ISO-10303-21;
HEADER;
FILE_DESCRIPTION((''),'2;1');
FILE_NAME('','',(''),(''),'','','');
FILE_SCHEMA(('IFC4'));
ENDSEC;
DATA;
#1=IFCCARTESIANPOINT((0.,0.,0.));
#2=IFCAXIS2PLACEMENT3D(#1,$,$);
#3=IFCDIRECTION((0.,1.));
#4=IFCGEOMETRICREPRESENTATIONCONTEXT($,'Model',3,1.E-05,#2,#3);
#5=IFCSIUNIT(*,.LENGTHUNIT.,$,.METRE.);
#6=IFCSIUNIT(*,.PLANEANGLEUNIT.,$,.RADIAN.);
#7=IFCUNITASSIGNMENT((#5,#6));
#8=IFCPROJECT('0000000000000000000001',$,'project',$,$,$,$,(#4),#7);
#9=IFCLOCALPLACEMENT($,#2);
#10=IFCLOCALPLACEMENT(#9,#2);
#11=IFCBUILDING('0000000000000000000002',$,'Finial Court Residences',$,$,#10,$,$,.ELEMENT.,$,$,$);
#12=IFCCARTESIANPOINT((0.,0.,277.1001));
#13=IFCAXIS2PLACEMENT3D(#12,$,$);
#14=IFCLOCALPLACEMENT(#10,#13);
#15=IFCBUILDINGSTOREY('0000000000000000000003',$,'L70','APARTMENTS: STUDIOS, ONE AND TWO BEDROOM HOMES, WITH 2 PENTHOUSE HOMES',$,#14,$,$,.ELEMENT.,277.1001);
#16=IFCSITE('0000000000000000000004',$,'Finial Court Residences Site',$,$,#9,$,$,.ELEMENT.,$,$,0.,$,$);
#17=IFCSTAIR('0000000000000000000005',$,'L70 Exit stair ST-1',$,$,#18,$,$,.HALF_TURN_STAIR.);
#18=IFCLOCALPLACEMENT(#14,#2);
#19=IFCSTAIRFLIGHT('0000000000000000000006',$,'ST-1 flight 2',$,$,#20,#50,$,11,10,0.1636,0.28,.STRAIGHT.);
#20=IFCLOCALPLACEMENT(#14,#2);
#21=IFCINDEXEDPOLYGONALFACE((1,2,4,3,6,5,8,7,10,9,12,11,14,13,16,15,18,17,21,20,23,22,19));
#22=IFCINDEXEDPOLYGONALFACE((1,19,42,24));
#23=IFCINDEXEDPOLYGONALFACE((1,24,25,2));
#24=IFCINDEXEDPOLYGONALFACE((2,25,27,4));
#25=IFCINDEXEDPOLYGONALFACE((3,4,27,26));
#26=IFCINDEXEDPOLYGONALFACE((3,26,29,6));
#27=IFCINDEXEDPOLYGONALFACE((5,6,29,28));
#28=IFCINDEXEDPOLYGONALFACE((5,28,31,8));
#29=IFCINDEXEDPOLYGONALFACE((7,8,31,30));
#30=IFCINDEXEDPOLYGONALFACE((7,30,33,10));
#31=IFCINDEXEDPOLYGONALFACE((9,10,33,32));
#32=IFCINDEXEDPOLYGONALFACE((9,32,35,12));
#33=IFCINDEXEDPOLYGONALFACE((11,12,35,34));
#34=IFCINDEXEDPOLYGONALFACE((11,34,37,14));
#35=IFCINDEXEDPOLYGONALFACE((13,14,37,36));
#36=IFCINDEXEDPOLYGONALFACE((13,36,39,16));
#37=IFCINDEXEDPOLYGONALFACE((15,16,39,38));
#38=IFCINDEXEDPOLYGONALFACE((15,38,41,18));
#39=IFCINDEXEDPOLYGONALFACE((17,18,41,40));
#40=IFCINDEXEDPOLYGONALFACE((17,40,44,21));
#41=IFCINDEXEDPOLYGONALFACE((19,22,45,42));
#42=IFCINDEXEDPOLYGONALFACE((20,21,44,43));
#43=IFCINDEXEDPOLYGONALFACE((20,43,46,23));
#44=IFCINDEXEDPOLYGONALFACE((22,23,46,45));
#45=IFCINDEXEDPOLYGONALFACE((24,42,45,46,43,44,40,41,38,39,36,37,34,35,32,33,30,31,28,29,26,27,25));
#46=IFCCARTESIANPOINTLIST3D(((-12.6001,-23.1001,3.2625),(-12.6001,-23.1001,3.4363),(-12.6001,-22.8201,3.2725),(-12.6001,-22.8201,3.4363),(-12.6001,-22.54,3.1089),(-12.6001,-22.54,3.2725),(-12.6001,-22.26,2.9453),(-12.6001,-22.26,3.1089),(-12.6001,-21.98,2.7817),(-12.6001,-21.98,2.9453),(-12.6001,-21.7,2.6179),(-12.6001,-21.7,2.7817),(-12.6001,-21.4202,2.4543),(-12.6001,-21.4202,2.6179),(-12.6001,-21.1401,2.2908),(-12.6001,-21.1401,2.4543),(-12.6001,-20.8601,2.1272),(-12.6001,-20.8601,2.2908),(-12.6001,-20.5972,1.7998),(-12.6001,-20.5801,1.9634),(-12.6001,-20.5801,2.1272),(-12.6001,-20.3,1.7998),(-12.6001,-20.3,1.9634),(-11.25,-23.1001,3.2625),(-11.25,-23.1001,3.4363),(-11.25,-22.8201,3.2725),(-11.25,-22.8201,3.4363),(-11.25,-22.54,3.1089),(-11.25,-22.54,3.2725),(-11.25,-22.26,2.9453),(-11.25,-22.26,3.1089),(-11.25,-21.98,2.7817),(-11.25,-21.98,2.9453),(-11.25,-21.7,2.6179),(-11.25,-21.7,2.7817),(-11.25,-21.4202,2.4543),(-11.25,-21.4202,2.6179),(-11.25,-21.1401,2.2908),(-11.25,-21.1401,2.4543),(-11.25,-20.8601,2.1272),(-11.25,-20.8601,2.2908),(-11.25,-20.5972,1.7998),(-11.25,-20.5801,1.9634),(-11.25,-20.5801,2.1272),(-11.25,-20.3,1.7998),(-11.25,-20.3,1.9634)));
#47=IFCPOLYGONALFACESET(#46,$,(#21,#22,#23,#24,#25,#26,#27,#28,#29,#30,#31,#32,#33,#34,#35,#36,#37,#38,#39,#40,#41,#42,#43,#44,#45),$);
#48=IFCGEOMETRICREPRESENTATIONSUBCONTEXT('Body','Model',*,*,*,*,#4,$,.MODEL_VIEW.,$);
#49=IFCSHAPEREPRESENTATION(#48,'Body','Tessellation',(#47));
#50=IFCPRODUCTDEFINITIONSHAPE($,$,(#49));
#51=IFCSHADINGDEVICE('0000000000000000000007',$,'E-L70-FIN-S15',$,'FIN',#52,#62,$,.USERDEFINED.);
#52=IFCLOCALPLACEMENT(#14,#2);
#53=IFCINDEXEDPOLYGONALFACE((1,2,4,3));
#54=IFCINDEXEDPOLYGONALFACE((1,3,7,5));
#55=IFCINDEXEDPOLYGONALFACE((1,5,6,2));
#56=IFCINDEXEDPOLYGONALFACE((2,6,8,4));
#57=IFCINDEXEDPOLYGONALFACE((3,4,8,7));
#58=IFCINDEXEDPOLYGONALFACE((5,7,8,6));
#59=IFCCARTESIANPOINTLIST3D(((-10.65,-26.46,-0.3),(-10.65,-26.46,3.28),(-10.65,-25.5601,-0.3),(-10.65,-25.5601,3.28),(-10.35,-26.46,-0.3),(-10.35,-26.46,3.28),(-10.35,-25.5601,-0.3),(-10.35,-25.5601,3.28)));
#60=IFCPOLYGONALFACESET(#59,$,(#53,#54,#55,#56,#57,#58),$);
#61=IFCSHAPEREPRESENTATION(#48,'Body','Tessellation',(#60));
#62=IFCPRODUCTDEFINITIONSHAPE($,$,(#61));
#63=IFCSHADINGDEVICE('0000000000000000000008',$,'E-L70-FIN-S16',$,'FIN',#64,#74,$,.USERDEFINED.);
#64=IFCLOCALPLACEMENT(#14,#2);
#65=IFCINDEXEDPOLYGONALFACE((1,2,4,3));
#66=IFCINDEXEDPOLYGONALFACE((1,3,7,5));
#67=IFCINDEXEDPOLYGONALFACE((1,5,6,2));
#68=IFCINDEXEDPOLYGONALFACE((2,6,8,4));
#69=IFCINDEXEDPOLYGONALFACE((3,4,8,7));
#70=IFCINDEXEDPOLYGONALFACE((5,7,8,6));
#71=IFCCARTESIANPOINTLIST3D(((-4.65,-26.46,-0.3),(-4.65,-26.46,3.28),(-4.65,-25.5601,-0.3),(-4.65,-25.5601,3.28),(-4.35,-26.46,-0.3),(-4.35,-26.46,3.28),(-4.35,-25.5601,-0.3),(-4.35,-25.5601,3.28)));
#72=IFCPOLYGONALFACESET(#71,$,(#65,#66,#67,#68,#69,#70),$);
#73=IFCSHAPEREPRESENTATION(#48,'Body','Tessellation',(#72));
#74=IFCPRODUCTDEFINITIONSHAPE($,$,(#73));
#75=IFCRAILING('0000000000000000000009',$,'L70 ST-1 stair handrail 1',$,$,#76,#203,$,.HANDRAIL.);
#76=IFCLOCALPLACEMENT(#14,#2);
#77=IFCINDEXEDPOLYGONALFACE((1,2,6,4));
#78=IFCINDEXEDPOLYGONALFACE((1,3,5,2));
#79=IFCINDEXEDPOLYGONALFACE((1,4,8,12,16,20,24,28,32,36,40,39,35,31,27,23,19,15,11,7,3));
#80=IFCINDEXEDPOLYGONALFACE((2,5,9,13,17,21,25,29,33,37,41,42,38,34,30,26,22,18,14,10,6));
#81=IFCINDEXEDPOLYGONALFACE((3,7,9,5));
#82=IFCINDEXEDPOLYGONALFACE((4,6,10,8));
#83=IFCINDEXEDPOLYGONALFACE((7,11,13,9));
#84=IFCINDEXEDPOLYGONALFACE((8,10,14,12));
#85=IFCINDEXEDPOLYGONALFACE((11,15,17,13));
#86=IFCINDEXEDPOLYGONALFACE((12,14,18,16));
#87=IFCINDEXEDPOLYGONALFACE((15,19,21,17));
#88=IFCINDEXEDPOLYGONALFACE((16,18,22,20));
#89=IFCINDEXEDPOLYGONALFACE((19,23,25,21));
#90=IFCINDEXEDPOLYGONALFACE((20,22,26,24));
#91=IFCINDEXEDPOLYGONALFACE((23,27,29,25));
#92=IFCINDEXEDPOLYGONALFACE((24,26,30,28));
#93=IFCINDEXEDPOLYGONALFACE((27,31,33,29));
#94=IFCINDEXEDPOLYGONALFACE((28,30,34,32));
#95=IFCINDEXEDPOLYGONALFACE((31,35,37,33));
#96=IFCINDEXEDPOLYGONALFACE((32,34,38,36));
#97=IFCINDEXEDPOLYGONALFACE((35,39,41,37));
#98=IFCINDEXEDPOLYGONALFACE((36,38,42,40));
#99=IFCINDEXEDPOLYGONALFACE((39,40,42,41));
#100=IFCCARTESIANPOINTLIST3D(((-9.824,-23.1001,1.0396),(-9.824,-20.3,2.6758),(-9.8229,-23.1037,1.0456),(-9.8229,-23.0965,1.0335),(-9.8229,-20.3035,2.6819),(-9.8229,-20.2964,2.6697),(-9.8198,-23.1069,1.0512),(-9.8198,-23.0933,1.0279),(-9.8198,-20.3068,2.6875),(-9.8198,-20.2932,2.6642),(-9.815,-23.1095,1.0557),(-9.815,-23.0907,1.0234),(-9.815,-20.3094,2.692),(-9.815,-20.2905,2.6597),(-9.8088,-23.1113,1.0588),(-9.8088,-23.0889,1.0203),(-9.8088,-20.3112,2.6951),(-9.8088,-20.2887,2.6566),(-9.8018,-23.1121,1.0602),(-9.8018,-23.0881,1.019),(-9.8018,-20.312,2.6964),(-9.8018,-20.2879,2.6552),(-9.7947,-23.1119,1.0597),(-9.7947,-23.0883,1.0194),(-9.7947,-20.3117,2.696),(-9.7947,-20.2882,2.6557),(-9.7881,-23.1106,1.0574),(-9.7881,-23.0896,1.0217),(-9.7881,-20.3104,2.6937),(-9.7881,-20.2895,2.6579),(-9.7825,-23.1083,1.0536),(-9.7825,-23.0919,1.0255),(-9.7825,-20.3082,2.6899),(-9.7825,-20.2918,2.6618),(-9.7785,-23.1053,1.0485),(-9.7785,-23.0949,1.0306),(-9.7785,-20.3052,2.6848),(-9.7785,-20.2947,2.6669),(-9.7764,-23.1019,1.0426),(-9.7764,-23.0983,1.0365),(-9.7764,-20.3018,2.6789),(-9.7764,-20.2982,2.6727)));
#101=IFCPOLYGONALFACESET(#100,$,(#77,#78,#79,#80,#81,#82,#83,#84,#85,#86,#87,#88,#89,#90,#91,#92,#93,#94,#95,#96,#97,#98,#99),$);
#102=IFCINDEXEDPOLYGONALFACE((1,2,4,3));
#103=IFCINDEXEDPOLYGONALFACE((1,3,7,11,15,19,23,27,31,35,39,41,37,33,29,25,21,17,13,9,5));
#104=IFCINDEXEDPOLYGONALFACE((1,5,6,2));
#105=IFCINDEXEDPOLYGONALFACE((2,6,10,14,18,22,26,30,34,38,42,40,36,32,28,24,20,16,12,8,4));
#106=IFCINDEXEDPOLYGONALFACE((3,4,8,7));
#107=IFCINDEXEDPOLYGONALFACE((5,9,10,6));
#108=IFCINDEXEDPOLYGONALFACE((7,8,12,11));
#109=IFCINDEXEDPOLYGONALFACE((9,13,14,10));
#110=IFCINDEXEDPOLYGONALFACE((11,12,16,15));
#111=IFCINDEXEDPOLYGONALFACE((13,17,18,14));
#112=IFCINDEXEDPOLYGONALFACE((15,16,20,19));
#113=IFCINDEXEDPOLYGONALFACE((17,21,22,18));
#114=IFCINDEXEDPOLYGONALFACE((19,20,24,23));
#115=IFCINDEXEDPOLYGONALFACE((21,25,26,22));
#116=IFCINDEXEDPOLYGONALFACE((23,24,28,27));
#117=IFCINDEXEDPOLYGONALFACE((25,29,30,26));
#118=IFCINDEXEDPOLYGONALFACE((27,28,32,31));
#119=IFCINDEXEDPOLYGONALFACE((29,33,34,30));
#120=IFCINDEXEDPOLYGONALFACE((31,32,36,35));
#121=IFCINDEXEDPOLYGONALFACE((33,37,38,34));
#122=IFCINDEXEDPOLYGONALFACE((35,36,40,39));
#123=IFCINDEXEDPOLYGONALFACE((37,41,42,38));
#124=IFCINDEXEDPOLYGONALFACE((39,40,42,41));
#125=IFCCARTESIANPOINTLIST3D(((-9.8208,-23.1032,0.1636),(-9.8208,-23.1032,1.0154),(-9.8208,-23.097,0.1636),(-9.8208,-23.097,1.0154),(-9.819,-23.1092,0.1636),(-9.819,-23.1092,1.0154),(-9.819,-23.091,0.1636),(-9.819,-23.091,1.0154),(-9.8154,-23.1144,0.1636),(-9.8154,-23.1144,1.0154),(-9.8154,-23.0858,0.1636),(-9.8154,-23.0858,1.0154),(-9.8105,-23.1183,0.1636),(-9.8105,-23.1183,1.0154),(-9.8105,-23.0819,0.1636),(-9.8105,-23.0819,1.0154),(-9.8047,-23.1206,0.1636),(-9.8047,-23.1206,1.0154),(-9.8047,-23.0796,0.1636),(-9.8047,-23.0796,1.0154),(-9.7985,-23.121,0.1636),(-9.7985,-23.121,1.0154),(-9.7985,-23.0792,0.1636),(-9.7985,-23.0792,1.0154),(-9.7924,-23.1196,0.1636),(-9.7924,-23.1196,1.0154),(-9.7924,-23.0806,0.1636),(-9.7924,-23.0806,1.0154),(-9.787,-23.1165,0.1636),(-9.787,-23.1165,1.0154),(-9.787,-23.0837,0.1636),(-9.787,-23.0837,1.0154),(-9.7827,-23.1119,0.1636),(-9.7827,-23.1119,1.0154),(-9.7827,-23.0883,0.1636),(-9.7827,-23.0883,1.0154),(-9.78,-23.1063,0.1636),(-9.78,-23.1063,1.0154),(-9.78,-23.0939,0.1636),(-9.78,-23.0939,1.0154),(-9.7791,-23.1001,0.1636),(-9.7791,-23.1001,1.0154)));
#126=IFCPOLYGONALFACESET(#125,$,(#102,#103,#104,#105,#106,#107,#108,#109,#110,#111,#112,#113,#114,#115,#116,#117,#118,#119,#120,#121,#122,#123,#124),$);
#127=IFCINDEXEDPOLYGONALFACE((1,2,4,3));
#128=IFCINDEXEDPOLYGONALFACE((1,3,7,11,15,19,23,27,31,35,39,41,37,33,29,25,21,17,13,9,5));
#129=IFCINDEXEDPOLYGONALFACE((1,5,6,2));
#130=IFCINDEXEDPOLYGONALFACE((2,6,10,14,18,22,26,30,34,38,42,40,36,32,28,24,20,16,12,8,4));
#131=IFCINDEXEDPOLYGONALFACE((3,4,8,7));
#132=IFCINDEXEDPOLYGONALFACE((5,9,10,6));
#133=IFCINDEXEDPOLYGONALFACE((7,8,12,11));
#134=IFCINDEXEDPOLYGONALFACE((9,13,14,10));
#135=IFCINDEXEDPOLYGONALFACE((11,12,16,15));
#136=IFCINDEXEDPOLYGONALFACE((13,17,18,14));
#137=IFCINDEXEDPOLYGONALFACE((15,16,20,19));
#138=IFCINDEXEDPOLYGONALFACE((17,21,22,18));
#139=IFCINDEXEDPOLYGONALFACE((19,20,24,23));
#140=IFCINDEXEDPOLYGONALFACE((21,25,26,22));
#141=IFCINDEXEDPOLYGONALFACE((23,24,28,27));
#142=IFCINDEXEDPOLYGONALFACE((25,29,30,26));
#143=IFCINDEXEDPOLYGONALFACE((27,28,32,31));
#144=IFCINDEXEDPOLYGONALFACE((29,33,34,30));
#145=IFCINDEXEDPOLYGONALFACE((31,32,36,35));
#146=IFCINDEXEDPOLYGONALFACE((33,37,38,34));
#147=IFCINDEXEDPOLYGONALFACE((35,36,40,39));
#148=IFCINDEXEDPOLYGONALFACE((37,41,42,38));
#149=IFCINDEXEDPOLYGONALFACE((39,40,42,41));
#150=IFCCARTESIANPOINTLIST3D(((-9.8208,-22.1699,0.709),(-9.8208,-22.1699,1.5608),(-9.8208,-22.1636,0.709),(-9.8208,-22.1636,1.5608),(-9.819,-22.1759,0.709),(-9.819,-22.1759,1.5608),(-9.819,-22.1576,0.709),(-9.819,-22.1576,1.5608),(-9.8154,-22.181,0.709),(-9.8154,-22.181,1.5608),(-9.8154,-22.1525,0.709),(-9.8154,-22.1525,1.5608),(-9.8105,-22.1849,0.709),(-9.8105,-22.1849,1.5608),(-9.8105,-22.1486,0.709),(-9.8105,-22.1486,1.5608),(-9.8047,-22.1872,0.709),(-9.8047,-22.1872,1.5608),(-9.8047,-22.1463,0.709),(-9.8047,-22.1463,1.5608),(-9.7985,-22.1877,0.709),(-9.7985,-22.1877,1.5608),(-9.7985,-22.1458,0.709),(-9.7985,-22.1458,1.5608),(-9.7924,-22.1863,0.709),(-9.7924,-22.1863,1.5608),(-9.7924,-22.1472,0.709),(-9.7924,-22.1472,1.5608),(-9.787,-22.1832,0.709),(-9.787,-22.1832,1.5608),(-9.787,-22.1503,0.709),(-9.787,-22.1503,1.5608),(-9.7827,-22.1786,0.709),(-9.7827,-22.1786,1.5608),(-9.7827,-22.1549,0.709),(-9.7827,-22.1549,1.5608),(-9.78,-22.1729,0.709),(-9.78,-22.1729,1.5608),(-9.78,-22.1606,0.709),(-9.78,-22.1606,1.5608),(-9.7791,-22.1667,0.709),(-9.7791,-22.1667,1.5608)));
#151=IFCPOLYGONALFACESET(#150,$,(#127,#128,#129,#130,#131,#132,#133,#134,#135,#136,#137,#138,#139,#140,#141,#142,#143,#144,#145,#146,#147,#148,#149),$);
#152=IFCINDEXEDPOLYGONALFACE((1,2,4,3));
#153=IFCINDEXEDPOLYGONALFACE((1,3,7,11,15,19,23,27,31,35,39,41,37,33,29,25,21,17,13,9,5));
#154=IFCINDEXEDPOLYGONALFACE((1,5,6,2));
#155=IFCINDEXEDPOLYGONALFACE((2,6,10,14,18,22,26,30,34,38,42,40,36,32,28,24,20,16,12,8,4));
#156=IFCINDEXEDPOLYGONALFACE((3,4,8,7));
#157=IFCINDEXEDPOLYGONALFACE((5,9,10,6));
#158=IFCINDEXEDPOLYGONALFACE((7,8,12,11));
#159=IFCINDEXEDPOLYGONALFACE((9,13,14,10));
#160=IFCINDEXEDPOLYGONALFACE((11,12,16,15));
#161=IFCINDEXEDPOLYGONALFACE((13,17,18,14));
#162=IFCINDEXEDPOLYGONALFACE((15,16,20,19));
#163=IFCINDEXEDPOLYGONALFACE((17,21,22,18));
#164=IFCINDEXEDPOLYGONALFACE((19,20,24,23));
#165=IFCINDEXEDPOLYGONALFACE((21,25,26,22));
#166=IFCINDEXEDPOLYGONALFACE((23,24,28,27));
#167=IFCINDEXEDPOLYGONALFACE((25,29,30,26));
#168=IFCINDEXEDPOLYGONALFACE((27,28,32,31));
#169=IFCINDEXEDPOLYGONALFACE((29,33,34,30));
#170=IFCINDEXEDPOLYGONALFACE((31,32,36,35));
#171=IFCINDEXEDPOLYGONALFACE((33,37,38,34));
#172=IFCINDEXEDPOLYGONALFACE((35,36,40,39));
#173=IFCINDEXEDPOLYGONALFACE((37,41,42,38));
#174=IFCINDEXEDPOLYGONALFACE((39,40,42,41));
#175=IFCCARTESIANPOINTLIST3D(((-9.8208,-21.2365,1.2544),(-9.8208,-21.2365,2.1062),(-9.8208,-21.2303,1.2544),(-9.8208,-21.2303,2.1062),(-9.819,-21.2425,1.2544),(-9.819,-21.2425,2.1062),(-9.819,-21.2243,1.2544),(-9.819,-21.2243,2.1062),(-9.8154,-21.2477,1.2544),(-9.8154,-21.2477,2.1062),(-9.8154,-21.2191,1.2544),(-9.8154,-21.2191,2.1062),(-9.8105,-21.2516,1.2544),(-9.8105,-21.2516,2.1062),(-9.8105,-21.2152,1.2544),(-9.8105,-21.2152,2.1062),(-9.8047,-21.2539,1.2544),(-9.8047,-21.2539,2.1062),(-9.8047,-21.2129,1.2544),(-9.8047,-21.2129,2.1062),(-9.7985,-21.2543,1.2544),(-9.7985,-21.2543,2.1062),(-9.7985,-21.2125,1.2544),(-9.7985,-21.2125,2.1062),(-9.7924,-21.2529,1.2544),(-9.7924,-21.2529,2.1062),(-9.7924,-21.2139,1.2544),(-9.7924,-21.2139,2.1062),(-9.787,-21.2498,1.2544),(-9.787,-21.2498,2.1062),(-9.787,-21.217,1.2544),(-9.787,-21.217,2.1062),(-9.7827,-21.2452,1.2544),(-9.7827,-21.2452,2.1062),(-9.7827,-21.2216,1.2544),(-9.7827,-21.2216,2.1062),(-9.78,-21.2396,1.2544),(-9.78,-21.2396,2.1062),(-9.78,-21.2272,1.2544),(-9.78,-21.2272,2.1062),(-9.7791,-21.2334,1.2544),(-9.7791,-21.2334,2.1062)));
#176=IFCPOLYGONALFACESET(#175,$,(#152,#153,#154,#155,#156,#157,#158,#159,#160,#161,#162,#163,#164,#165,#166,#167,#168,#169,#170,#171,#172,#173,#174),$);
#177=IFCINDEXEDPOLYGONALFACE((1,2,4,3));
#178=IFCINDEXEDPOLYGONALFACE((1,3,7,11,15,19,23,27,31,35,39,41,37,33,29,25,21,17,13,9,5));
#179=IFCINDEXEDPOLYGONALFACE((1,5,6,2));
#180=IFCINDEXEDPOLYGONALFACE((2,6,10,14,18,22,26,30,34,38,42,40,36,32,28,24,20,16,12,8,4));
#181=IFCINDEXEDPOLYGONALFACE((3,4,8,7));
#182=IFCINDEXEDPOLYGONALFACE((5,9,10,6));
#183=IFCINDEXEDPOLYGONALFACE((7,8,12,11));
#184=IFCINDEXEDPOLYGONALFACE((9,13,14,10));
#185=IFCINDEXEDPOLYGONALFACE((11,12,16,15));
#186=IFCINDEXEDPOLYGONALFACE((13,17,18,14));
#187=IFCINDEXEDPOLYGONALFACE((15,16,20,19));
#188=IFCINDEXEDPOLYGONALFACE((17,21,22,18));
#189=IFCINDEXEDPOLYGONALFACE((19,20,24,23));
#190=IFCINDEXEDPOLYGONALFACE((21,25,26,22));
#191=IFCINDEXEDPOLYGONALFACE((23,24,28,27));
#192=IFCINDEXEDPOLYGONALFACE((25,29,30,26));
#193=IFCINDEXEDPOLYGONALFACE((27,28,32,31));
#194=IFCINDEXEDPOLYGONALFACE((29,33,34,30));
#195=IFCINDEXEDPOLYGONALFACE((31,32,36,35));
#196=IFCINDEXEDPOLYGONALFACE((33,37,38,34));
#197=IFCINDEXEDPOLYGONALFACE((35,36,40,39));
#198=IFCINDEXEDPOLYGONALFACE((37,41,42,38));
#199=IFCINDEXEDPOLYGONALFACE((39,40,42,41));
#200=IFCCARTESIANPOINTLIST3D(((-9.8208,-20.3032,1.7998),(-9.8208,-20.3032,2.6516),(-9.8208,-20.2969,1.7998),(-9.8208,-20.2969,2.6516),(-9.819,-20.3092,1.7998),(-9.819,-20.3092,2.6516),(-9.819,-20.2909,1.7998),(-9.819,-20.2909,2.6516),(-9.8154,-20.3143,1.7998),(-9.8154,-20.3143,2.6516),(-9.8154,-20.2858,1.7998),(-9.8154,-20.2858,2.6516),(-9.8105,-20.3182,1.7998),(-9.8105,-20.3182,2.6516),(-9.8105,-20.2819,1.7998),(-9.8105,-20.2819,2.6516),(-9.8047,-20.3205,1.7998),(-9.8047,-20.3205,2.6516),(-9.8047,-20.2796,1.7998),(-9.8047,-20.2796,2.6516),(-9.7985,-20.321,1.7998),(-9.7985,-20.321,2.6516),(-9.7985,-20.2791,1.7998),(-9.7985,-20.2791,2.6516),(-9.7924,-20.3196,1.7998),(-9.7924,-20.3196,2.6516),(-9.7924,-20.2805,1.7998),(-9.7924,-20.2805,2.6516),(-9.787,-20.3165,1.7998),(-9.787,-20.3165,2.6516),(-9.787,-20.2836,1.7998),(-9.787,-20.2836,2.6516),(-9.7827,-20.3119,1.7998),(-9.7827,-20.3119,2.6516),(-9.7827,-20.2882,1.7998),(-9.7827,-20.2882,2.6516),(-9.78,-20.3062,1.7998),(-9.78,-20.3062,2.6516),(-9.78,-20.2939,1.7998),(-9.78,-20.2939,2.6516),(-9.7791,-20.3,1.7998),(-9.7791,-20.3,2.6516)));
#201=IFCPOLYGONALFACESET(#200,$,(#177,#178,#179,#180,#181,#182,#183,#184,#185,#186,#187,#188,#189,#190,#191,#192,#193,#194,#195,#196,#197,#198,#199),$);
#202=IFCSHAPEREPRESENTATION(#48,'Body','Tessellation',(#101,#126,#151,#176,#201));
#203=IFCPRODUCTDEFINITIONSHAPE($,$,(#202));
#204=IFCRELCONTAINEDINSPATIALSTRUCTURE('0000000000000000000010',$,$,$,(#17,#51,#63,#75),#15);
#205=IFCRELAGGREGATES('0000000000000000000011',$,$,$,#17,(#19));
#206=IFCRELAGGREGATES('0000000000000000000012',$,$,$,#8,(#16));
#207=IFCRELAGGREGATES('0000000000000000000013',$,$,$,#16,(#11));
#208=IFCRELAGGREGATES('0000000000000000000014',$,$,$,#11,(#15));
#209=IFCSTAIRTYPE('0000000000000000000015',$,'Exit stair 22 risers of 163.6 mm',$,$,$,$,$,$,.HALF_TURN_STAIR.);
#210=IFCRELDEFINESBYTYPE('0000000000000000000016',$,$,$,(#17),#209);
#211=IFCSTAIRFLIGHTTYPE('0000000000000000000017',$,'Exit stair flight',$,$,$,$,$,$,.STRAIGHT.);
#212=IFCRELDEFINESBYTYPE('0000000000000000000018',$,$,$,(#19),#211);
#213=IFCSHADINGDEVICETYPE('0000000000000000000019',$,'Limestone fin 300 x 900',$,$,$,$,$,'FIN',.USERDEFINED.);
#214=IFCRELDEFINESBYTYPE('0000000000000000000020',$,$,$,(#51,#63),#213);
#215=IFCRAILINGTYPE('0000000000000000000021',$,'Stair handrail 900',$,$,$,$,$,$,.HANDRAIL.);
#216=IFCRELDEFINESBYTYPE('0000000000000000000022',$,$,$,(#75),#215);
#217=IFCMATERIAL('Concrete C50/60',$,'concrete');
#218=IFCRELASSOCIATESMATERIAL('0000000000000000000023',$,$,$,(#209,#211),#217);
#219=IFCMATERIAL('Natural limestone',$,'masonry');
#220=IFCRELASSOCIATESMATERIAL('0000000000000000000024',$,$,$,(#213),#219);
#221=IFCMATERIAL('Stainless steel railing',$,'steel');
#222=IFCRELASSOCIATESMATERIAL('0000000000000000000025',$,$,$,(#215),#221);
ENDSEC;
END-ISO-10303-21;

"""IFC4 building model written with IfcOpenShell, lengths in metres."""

from ifc_helpers import new_model, si_unit, direction, frame, origin, origin_2d, place, context, subcontext, project, spatial, polyline, rectangle, circle, outline, extrude, material, type_object, element, aggregate, save


model = new_model("IFC4")

# Units and contexts
model_context = context("Model", 3, precision=1e-05, world=origin(), true_north=direction((0.0, 1.0)))
body_context = subcontext(model_context, "Body", "Model", "MODEL_VIEW")
ifc_project = project(units=[si_unit("LENGTHUNIT", "METRE"), si_unit("PLANEANGLEUNIT", "RADIAN")], contexts=[model_context])

# Site, building, storey
site_placement = place(None, origin())
site = spatial("IfcSite", under=ifc_project, at=site_placement, Name="Finial Court Residences Site", CompositionType="ELEMENT", RefElevation=0.0)
building_placement = place(site_placement, origin())
building = spatial("IfcBuilding", under=site, at=building_placement, Name="Finial Court Residences", CompositionType="ELEMENT")
storey_placement = place(building_placement, frame((0.0, 0.0, 277.1001)))
storey = spatial("IfcBuildingStorey", under=building, at=storey_placement, Name="L70", Description="APARTMENTS: STUDIOS, ONE AND TWO BEDROOM HOMES, WITH 2 PENTHOUSE HOMES", CompositionType="ELEMENT", Elevation=277.1001)

# Shared definitions
ifc_material_1 = material(Name="Concrete C50/60", Category="concrete")

# Stair, stair flight
stair_type = type_object("IfcStairType", Name="Exit stair 22 risers of 163.6 mm", PredefinedType="HALF_TURN_STAIR", material=ifc_material_1)
stair_placement = place(storey_placement, origin())
stair = element("IfcStair", 1, at=stair_placement, inside=storey, type_object=stair_type, Name="L70 Exit stair ST-1", PredefinedType="HALF_TURN_STAIR")
stair_flight_type = type_object("IfcStairFlightType", Name="Exit stair flight", PredefinedType="STRAIGHT", material=ifc_material_1)
stair_flight_1_placement = place(storey_placement, frame((-11.925, -20.3, 1.7998), z_axis=(0.0, 0.0, 1.0), x_axis=(0.0, -1.0, 0.0)))
stair_flight_1 = element("IfcStairFlight", 2, at=stair_flight_1_placement, type_object=stair_flight_type, Name="ST-1 flight 2", NumberOfRisers=11, NumberOfTreads=10, PredefinedType="STRAIGHT", RiserHeight=0.1636, TreadLength=0.28, context=body_context, shape_type="SweptSolid", body=[
    extrude(outline(polyline([(0.0, 0.0), (0.0, 0.1636), (0.28, 0.1636), (0.28, 0.3274), (0.5601, 0.3274), (0.5601, 0.491), (0.8401, 0.491), (0.8401, 0.6545), (1.1201, 0.6545), (1.1201, 0.8181), (1.3999, 0.8181), (1.3999, 0.9819), (1.6799, 0.9819), (1.6799, 1.1455), (1.96, 1.1455), (1.96, 1.3091), (2.24, 1.3091), (2.24, 1.4727), (2.52, 1.4727), (2.52, 1.6365), (2.8, 1.6365), (2.8, 1.8), (2.8, 1.4626), (0.2971, 0.0), (0.0, 0.0)])), frame((0.0, 0.675, 0.0), z_axis=(0.0, -1.0, 0.0), x_axis=(1.0, 0.0, 0.0)), (0.0, 0.0, 1.0), 1.3501),
])
aggregate(stair, [stair_flight_1])

# Shading devices
ifc_material_2 = material(Name="Natural limestone", Category="masonry")
shading_device_type = type_object("IfcShadingDeviceType", Name="Limestone fin 300 x 900", ElementType="FIN", PredefinedType="USERDEFINED", material=ifc_material_2)
for number, where, z_axis, x_axis, name in (
    (3, (-10.5, -26.01, -0.3), (0.0, 0.0, 1.0), (1.0, 0.0, 0.0), "E-L70-FIN-S15"),
    (4, (-4.5, -26.01, -0.3), (0.0, 0.0, 1.0), (1.0, 0.0, 0.0), "E-L70-FIN-S16"),
):
    element("IfcShadingDevice", number, at=place(storey_placement, frame(where, z_axis=z_axis, x_axis=x_axis)), inside=storey, type_object=shading_device_type, Name=name, ObjectType="FIN", PredefinedType="USERDEFINED", context=body_context, shape_type="SweptSolid", body=[
        extrude(rectangle(XDim=0.3, YDim=0.8999, at=origin_2d()), origin(), (0.0, 0.0, 1.0), 3.5801),
    ])

# Railing
ifc_material_3 = material(Name="Stainless steel railing", Category="steel")
railing_type_1 = type_object("IfcRailingType", Name="Stair handrail 900", PredefinedType="HANDRAIL", material=ifc_material_3)
railing_1_placement = place(storey_placement, frame((-9.8, -23.1001, 0.1636)))
element("IfcRailing", 5, at=railing_1_placement, inside=storey, type_object=railing_type_1, Name="L70 ST-1 stair handrail 1", PredefinedType="HANDRAIL", context=body_context, shape_type="SweptSolid", body=[
    extrude(circle(Radius=0.0239, at=origin_2d()), frame((0.0, 0.0, 0.876), z_axis=(0.0, 0.863394, 0.504531), x_axis=(-1.0, 0.0, 0.0)), (0.0, 0.0, 1.0), 3.2432),
    extrude(circle(Radius=0.021, at=origin_2d()), origin(), (0.0, 0.0, 1.0), 0.8518),
    extrude(circle(Radius=0.021, at=origin_2d()), frame((0.0, 0.9333, 0.5454)), (0.0, 0.0, 1.0), 0.8518),
    extrude(circle(Radius=0.021, at=origin_2d()), frame((0.0, 1.8667, 1.0908)), (0.0, 0.0, 1.0), 0.8518),
    extrude(circle(Radius=0.021, at=origin_2d()), frame((0.0, 2.8, 1.6362)), (0.0, 0.0, 1.0), 0.8518),
])

save(model, "model.ifc")
